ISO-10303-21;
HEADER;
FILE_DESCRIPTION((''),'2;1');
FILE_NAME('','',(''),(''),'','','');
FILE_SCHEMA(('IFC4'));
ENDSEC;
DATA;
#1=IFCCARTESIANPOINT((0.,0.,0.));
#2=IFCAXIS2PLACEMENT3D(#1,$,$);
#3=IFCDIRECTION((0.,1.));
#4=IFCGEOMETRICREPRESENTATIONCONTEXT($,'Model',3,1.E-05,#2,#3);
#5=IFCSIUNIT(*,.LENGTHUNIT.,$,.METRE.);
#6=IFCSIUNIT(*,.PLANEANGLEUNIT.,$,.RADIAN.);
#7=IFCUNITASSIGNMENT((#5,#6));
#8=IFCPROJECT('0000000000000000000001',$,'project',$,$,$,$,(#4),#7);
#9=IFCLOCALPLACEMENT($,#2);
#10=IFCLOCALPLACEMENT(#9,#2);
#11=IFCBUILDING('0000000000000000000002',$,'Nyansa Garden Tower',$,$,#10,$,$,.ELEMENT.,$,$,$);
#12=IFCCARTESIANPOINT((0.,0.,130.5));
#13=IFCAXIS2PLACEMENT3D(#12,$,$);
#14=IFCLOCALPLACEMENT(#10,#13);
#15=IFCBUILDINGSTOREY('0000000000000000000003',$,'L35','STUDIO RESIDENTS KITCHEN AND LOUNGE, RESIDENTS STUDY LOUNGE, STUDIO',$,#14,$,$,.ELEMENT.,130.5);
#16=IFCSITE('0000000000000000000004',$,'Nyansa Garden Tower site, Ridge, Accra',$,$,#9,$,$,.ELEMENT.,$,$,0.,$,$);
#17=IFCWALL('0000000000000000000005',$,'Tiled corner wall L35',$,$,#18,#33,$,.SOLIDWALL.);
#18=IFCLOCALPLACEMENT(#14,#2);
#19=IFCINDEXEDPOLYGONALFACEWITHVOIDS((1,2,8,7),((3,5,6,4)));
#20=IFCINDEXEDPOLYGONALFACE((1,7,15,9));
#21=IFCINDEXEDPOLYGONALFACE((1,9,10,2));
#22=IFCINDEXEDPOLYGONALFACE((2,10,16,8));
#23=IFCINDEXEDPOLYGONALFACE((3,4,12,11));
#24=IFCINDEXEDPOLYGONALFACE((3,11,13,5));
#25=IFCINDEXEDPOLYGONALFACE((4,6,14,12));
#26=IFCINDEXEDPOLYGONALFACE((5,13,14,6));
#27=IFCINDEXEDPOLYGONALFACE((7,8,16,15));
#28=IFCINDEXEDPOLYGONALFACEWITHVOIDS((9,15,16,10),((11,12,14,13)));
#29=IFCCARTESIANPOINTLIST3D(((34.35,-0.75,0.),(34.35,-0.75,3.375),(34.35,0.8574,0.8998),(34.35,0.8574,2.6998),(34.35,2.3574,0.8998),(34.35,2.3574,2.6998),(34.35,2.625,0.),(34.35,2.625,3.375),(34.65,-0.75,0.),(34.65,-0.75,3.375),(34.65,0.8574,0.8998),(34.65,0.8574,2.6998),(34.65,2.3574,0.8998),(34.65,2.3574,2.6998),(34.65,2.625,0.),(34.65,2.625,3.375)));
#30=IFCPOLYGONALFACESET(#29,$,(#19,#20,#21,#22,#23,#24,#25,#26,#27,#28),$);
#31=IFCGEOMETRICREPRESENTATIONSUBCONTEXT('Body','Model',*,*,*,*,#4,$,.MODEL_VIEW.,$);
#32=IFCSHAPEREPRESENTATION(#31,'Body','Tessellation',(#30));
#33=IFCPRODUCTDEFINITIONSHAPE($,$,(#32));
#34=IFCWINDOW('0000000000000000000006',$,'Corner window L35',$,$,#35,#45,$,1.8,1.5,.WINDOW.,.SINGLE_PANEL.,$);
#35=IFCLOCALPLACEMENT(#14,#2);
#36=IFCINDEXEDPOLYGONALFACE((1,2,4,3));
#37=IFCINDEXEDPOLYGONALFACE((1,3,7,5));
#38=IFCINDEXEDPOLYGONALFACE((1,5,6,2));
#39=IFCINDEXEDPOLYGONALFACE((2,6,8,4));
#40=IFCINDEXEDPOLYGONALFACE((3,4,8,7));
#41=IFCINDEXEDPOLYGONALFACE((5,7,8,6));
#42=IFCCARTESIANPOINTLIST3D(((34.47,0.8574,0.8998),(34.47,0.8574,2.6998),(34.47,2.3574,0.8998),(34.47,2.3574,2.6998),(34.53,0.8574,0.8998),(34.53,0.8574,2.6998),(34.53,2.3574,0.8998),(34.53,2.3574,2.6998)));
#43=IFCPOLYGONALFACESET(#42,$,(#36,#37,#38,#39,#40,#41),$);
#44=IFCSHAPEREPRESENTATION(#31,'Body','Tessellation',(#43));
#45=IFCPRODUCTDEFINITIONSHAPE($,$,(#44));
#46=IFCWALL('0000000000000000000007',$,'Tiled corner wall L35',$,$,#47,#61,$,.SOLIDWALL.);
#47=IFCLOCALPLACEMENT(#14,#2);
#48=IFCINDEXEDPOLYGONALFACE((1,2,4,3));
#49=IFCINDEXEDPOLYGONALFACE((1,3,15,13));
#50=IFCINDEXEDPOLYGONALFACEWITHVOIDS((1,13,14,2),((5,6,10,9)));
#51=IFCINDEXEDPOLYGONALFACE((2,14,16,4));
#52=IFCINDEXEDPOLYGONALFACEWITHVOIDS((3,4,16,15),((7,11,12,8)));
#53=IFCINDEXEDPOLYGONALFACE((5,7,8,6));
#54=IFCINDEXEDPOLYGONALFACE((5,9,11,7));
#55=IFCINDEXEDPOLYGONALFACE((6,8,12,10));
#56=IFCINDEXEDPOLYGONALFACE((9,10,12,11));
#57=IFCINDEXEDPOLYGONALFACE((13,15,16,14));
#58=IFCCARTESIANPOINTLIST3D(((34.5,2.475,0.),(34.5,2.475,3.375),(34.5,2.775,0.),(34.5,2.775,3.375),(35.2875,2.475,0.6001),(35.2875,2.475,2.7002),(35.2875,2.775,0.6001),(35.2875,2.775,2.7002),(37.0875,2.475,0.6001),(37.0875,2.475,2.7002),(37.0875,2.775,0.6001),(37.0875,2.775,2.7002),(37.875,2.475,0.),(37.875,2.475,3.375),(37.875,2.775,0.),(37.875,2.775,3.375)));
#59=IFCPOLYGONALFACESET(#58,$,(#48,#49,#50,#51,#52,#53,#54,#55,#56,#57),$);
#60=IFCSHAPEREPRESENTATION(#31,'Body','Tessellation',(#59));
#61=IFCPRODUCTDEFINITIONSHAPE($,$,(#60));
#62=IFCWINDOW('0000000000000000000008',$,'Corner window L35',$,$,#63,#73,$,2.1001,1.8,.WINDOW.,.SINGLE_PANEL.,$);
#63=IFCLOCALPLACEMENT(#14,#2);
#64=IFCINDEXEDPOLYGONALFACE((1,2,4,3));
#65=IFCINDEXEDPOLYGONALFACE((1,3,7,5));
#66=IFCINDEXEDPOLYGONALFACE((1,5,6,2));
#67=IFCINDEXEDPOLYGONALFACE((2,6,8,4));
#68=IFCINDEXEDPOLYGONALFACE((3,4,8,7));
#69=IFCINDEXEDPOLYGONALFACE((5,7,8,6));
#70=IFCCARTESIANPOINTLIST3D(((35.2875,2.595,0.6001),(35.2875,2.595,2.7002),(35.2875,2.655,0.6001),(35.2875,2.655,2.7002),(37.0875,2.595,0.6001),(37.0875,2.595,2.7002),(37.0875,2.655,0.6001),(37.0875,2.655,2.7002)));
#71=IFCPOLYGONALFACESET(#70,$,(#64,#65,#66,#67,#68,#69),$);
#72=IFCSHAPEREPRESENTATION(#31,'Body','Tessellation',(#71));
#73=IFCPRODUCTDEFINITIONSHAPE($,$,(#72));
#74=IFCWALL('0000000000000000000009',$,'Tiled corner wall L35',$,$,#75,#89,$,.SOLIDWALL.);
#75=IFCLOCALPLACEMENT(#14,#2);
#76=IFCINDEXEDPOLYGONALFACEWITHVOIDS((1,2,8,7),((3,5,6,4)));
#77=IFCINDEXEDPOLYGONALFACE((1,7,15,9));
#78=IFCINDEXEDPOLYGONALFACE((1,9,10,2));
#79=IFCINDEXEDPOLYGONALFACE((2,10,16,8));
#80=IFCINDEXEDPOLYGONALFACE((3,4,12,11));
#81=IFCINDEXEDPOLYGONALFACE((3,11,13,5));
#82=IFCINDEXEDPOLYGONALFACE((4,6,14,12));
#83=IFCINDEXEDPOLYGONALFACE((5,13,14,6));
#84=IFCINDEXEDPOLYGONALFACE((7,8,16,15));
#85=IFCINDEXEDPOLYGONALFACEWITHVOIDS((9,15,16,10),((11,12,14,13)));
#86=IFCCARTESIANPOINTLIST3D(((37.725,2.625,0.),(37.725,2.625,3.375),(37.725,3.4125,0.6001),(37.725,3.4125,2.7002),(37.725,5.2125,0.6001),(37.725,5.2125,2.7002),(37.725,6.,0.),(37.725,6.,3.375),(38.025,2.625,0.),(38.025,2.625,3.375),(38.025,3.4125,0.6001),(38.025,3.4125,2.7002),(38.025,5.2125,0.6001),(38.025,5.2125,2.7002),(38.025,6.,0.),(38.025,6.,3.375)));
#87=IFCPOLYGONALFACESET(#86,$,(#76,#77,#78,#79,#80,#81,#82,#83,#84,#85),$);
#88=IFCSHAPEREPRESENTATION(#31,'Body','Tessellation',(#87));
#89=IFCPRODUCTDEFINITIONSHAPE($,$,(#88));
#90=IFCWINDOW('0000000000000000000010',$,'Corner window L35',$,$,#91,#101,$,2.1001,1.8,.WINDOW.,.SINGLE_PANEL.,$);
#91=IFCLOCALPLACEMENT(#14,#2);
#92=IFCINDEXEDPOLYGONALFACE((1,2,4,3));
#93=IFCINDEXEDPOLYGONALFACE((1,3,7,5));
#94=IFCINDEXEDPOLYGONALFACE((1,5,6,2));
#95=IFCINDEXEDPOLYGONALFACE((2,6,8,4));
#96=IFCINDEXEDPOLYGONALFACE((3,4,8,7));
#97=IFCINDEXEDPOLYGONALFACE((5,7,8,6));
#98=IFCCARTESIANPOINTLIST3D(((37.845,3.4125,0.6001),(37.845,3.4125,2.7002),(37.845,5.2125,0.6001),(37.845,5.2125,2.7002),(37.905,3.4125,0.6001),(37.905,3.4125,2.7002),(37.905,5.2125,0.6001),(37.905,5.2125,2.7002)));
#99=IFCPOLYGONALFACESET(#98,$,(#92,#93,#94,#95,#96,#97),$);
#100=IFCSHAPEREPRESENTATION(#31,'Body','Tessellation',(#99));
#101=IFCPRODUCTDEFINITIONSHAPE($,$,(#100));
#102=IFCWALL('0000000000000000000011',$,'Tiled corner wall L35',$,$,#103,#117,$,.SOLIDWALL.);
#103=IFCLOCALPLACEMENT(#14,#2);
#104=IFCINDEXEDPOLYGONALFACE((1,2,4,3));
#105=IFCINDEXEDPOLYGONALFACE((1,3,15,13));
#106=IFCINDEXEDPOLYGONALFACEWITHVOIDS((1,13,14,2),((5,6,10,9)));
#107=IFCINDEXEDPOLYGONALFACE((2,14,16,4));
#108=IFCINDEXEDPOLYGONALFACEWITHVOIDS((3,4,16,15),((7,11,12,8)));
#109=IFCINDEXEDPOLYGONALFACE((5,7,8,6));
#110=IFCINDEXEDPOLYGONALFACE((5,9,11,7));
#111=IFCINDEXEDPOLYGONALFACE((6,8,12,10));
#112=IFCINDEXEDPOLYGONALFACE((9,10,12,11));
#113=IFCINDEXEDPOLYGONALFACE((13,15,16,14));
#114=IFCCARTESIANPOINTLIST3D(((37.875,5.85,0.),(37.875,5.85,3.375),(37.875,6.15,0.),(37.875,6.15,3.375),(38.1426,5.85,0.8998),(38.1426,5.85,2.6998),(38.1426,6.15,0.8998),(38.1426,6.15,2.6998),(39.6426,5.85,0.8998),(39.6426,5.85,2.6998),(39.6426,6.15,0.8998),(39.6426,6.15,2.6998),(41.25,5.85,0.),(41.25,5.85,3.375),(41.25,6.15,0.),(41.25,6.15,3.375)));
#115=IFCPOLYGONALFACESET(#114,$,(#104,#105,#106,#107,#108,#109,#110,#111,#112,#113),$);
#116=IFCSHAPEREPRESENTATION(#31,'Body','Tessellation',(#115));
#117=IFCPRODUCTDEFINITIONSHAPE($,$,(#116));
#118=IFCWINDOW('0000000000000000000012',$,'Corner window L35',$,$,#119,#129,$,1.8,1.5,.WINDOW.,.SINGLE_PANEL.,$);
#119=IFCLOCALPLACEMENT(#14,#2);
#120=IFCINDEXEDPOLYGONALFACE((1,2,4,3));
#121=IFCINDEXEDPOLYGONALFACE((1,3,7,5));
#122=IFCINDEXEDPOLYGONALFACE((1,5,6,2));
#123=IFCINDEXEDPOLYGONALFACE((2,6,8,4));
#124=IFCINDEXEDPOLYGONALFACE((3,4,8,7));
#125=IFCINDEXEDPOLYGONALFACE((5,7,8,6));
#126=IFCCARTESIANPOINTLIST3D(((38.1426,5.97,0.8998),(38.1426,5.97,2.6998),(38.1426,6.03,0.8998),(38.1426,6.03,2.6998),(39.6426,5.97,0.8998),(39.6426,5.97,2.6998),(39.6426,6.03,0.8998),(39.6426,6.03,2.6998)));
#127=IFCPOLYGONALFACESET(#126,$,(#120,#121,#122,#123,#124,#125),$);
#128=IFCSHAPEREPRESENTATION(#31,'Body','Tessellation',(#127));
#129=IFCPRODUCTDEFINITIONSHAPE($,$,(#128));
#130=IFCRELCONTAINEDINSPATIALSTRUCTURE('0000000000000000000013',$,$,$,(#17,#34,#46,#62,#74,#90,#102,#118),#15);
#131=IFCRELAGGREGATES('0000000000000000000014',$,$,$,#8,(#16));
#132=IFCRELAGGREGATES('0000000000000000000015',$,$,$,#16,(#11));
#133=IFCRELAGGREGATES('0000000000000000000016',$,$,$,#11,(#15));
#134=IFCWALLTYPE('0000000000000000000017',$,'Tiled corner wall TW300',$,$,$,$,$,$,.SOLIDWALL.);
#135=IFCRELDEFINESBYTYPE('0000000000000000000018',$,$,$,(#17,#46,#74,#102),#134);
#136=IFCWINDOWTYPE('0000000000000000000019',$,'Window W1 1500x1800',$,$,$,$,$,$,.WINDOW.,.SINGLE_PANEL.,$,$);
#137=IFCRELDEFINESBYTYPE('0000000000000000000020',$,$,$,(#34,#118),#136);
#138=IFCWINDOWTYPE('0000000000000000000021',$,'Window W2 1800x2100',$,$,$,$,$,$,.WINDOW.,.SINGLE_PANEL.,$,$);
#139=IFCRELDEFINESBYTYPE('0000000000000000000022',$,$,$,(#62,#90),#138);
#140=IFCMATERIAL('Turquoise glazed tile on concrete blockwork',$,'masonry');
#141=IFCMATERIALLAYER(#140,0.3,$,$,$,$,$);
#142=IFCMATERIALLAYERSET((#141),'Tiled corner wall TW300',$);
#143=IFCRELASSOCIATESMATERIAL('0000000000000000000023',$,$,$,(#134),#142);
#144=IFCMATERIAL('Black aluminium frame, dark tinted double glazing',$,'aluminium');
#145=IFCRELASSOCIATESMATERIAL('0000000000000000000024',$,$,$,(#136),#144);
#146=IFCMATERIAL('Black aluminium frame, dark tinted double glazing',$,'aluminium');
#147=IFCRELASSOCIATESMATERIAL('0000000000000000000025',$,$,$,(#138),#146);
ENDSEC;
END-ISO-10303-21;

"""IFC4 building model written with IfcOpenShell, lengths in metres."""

from ifc_helpers import new_model, si_unit, direction, frame, frame_2d, origin, place, context, subcontext, project, spatial, rectangle, extrude, material, layer, layer_set, type_object, element, fill, save


model = new_model("IFC4")

# Units and contexts
model_context = context("Model", 3, precision=1e-05, world=origin(), true_north=direction((0.0, 1.0)))
body_context = subcontext(model_context, "Body", "Model", "MODEL_VIEW")
ifc_project = project(units=[si_unit("LENGTHUNIT", "METRE"), si_unit("PLANEANGLEUNIT", "RADIAN")], contexts=[model_context])

# Site, building, storey
site_placement = place(None, origin())
site = spatial("IfcSite", under=ifc_project, at=site_placement, Name="Nyansa Garden Tower site, Ridge, Accra", CompositionType="ELEMENT", RefElevation=0.0)
building_placement = place(site_placement, origin())
building = spatial("IfcBuilding", under=site, at=building_placement, Name="Nyansa Garden Tower", CompositionType="ELEMENT")
storey_placement = place(building_placement, frame((0.0, 0.0, 130.5)))
storey = spatial("IfcBuildingStorey", under=building, at=storey_placement, Name="L35", Description="STUDIO RESIDENTS KITCHEN AND LOUNGE, RESIDENTS STUDY LOUNGE, STUDIO", CompositionType="ELEMENT", Elevation=130.5)

# Walls, openings, windows
ifc_material_1 = material(Name="Turquoise glazed tile on concrete blockwork", Category="masonry")
ifc_layer_1 = layer(ifc_material_1, 0.3)
ifc_layer_set_1 = layer_set([ifc_layer_1], Name="Tiled corner wall TW300")
wall_type_1 = type_object("IfcWallType", Name="Tiled corner wall TW300", PredefinedType="SOLIDWALL", material=ifc_layer_set_1)
wall_1_placement = place(storey_placement, frame((34.5, -0.75, 0.0), z_axis=(0.0, 0.0, 1.0), x_axis=(0.0, 1.0, 0.0)))
wall_1 = element("IfcWall", 1, at=wall_1_placement, inside=storey, type_object=wall_type_1, Name="Tiled corner wall L35", PredefinedType="SOLIDWALL", context=body_context, shape_type="SweptSolid", body=[
    extrude(rectangle(XDim=3.375, YDim=0.3, at=frame_2d((1.6875, 0.0))), origin(), (0.0, 0.0, 1.0), 3.375),
])
opening_1_placement = place(wall_1_placement, frame((1.6074, 0.0, 0.8999)))
opening_1 = element("IfcOpeningElement", 2, at=opening_1_placement, cuts=wall_1, PredefinedType="OPENING", context=body_context, shape_type="SweptSolid", body=[
    extrude(rectangle(XDim=1.5, YDim=1.8, at=frame_2d((0.75, 0.8999))), frame((0.0, 0.1599, 0.0), z_axis=(0.0, -1.0, 0.0), x_axis=(1.0, 0.0, 0.0)), (0.0, 0.0, 1.0), 0.3201),
])
ifc_material_2 = material(Name="Black aluminium frame, dark tinted double glazing", Category="aluminium")
window_type_1 = type_object("IfcWindowType", Name="Window W1 1500x1800", PartitioningType="SINGLE_PANEL", PredefinedType="WINDOW", material=ifc_material_2)
window_1_placement = place(opening_1_placement, origin())
window_1 = element("IfcWindow", 3, at=window_1_placement, inside=storey, type_object=window_type_1, Name="Corner window L35", OverallHeight=1.8, OverallWidth=1.5, PartitioningType="SINGLE_PANEL", PredefinedType="WINDOW", context=body_context, shape_type="SweptSolid", body=[
    extrude(rectangle(XDim=1.5, YDim=1.8, at=frame_2d((0.75, 0.8999))), frame((0.0, 0.03, 0.0), z_axis=(0.0, -1.0, 0.0), x_axis=(1.0, 0.0, 0.0)), (0.0, 0.0, 1.0), 0.0601),
])
fill(opening_1, window_1)
wall_2_placement = place(storey_placement, frame((34.5, 2.625, 0.0), z_axis=(0.0, 0.0, 1.0), x_axis=(1.0, 0.0, 0.0)))
wall_2 = element("IfcWall", 4, at=wall_2_placement, inside=storey, type_object=wall_type_1, Name="Tiled corner wall L35", PredefinedType="SOLIDWALL", context=body_context, shape_type="SweptSolid", body=[
    extrude(rectangle(XDim=3.375, YDim=0.3, at=frame_2d((1.6875, 0.0))), origin(), (0.0, 0.0, 1.0), 3.375),
])
opening_2_placement = place(wall_2_placement, frame((0.7876, 0.0, 0.6001)))
opening_2 = element("IfcOpeningElement", 5, at=opening_2_placement, cuts=wall_2, PredefinedType="OPENING", context=body_context, shape_type="SweptSolid", body=[
    extrude(rectangle(XDim=1.8, YDim=2.1001, at=frame_2d((0.8999, 1.05))), frame((0.0, 0.1599, 0.0), z_axis=(0.0, -1.0, 0.0), x_axis=(1.0, 0.0, 0.0)), (0.0, 0.0, 1.0), 0.3201),
])
ifc_material_3 = material(Name="Black aluminium frame, dark tinted double glazing", Category="aluminium")
window_type_2 = type_object("IfcWindowType", Name="Window W2 1800x2100", PartitioningType="SINGLE_PANEL", PredefinedType="WINDOW", material=ifc_material_3)
window_2_placement = place(opening_2_placement, origin())
window_2 = element("IfcWindow", 6, at=window_2_placement, inside=storey, type_object=window_type_2, Name="Corner window L35", OverallHeight=2.1001, OverallWidth=1.8, PartitioningType="SINGLE_PANEL", PredefinedType="WINDOW", context=body_context, shape_type="SweptSolid", body=[
    extrude(rectangle(XDim=1.8, YDim=2.1001, at=frame_2d((0.8999, 1.05))), frame((0.0, 0.03, 0.0), z_axis=(0.0, -1.0, 0.0), x_axis=(1.0, 0.0, 0.0)), (0.0, 0.0, 1.0), 0.0601),
])
fill(opening_2, window_2)
wall_3_placement = place(storey_placement, frame((37.875, 2.625, 0.0), z_axis=(0.0, 0.0, 1.0), x_axis=(0.0, 1.0, 0.0)))
wall_3 = element("IfcWall", 7, at=wall_3_placement, inside=storey, type_object=wall_type_1, Name="Tiled corner wall L35", PredefinedType="SOLIDWALL", context=body_context, shape_type="SweptSolid", body=[
    extrude(rectangle(XDim=3.375, YDim=0.3, at=frame_2d((1.6875, 0.0))), origin(), (0.0, 0.0, 1.0), 3.375),
])
opening_3_placement = place(wall_3_placement, frame((0.7876, 0.0, 0.6001)))
opening_3 = element("IfcOpeningElement", 8, at=opening_3_placement, cuts=wall_3, PredefinedType="OPENING", context=body_context, shape_type="SweptSolid", body=[
    extrude(rectangle(XDim=1.8, YDim=2.1001, at=frame_2d((0.8999, 1.05))), frame((0.0, 0.1599, 0.0), z_axis=(0.0, -1.0, 0.0), x_axis=(1.0, 0.0, 0.0)), (0.0, 0.0, 1.0), 0.3201),
])
window_3_placement = place(opening_3_placement, origin())
window_3 = element("IfcWindow", 9, at=window_3_placement, inside=storey, type_object=window_type_2, Name="Corner window L35", OverallHeight=2.1001, OverallWidth=1.8, PartitioningType="SINGLE_PANEL", PredefinedType="WINDOW", context=body_context, shape_type="SweptSolid", body=[
    extrude(rectangle(XDim=1.8, YDim=2.1001, at=frame_2d((0.8999, 1.05))), frame((0.0, 0.03, 0.0), z_axis=(0.0, -1.0, 0.0), x_axis=(1.0, 0.0, 0.0)), (0.0, 0.0, 1.0), 0.0601),
])
fill(opening_3, window_3)
wall_4_placement = place(storey_placement, frame((37.875, 6.0, 0.0), z_axis=(0.0, 0.0, 1.0), x_axis=(1.0, 0.0, 0.0)))
wall_4 = element("IfcWall", 10, at=wall_4_placement, inside=storey, type_object=wall_type_1, Name="Tiled corner wall L35", PredefinedType="SOLIDWALL", context=body_context, shape_type="SweptSolid", body=[
    extrude(rectangle(XDim=3.375, YDim=0.3, at=frame_2d((1.6875, 0.0))), origin(), (0.0, 0.0, 1.0), 3.375),
])
opening_4_placement = place(wall_4_placement, frame((0.2676, 0.0, 0.8999)))
opening_4 = element("IfcOpeningElement", 11, at=opening_4_placement, cuts=wall_4, PredefinedType="OPENING", context=body_context, shape_type="SweptSolid", body=[
    extrude(rectangle(XDim=1.5, YDim=1.8, at=frame_2d((0.75, 0.8999))), frame((0.0, 0.1599, 0.0), z_axis=(0.0, -1.0, 0.0), x_axis=(1.0, 0.0, 0.0)), (0.0, 0.0, 1.0), 0.3201),
])
window_4_placement = place(opening_4_placement, origin())
window_4 = element("IfcWindow", 12, at=window_4_placement, inside=storey, type_object=window_type_1, Name="Corner window L35", OverallHeight=1.8, OverallWidth=1.5, PartitioningType="SINGLE_PANEL", PredefinedType="WINDOW", context=body_context, shape_type="SweptSolid", body=[
    extrude(rectangle(XDim=1.5, YDim=1.8, at=frame_2d((0.75, 0.8999))), frame((0.0, 0.03, 0.0), z_axis=(0.0, -1.0, 0.0), x_axis=(1.0, 0.0, 0.0)), (0.0, 0.0, 1.0), 0.0601),
])
fill(opening_4, window_4)

save(model, "model.ifc")
